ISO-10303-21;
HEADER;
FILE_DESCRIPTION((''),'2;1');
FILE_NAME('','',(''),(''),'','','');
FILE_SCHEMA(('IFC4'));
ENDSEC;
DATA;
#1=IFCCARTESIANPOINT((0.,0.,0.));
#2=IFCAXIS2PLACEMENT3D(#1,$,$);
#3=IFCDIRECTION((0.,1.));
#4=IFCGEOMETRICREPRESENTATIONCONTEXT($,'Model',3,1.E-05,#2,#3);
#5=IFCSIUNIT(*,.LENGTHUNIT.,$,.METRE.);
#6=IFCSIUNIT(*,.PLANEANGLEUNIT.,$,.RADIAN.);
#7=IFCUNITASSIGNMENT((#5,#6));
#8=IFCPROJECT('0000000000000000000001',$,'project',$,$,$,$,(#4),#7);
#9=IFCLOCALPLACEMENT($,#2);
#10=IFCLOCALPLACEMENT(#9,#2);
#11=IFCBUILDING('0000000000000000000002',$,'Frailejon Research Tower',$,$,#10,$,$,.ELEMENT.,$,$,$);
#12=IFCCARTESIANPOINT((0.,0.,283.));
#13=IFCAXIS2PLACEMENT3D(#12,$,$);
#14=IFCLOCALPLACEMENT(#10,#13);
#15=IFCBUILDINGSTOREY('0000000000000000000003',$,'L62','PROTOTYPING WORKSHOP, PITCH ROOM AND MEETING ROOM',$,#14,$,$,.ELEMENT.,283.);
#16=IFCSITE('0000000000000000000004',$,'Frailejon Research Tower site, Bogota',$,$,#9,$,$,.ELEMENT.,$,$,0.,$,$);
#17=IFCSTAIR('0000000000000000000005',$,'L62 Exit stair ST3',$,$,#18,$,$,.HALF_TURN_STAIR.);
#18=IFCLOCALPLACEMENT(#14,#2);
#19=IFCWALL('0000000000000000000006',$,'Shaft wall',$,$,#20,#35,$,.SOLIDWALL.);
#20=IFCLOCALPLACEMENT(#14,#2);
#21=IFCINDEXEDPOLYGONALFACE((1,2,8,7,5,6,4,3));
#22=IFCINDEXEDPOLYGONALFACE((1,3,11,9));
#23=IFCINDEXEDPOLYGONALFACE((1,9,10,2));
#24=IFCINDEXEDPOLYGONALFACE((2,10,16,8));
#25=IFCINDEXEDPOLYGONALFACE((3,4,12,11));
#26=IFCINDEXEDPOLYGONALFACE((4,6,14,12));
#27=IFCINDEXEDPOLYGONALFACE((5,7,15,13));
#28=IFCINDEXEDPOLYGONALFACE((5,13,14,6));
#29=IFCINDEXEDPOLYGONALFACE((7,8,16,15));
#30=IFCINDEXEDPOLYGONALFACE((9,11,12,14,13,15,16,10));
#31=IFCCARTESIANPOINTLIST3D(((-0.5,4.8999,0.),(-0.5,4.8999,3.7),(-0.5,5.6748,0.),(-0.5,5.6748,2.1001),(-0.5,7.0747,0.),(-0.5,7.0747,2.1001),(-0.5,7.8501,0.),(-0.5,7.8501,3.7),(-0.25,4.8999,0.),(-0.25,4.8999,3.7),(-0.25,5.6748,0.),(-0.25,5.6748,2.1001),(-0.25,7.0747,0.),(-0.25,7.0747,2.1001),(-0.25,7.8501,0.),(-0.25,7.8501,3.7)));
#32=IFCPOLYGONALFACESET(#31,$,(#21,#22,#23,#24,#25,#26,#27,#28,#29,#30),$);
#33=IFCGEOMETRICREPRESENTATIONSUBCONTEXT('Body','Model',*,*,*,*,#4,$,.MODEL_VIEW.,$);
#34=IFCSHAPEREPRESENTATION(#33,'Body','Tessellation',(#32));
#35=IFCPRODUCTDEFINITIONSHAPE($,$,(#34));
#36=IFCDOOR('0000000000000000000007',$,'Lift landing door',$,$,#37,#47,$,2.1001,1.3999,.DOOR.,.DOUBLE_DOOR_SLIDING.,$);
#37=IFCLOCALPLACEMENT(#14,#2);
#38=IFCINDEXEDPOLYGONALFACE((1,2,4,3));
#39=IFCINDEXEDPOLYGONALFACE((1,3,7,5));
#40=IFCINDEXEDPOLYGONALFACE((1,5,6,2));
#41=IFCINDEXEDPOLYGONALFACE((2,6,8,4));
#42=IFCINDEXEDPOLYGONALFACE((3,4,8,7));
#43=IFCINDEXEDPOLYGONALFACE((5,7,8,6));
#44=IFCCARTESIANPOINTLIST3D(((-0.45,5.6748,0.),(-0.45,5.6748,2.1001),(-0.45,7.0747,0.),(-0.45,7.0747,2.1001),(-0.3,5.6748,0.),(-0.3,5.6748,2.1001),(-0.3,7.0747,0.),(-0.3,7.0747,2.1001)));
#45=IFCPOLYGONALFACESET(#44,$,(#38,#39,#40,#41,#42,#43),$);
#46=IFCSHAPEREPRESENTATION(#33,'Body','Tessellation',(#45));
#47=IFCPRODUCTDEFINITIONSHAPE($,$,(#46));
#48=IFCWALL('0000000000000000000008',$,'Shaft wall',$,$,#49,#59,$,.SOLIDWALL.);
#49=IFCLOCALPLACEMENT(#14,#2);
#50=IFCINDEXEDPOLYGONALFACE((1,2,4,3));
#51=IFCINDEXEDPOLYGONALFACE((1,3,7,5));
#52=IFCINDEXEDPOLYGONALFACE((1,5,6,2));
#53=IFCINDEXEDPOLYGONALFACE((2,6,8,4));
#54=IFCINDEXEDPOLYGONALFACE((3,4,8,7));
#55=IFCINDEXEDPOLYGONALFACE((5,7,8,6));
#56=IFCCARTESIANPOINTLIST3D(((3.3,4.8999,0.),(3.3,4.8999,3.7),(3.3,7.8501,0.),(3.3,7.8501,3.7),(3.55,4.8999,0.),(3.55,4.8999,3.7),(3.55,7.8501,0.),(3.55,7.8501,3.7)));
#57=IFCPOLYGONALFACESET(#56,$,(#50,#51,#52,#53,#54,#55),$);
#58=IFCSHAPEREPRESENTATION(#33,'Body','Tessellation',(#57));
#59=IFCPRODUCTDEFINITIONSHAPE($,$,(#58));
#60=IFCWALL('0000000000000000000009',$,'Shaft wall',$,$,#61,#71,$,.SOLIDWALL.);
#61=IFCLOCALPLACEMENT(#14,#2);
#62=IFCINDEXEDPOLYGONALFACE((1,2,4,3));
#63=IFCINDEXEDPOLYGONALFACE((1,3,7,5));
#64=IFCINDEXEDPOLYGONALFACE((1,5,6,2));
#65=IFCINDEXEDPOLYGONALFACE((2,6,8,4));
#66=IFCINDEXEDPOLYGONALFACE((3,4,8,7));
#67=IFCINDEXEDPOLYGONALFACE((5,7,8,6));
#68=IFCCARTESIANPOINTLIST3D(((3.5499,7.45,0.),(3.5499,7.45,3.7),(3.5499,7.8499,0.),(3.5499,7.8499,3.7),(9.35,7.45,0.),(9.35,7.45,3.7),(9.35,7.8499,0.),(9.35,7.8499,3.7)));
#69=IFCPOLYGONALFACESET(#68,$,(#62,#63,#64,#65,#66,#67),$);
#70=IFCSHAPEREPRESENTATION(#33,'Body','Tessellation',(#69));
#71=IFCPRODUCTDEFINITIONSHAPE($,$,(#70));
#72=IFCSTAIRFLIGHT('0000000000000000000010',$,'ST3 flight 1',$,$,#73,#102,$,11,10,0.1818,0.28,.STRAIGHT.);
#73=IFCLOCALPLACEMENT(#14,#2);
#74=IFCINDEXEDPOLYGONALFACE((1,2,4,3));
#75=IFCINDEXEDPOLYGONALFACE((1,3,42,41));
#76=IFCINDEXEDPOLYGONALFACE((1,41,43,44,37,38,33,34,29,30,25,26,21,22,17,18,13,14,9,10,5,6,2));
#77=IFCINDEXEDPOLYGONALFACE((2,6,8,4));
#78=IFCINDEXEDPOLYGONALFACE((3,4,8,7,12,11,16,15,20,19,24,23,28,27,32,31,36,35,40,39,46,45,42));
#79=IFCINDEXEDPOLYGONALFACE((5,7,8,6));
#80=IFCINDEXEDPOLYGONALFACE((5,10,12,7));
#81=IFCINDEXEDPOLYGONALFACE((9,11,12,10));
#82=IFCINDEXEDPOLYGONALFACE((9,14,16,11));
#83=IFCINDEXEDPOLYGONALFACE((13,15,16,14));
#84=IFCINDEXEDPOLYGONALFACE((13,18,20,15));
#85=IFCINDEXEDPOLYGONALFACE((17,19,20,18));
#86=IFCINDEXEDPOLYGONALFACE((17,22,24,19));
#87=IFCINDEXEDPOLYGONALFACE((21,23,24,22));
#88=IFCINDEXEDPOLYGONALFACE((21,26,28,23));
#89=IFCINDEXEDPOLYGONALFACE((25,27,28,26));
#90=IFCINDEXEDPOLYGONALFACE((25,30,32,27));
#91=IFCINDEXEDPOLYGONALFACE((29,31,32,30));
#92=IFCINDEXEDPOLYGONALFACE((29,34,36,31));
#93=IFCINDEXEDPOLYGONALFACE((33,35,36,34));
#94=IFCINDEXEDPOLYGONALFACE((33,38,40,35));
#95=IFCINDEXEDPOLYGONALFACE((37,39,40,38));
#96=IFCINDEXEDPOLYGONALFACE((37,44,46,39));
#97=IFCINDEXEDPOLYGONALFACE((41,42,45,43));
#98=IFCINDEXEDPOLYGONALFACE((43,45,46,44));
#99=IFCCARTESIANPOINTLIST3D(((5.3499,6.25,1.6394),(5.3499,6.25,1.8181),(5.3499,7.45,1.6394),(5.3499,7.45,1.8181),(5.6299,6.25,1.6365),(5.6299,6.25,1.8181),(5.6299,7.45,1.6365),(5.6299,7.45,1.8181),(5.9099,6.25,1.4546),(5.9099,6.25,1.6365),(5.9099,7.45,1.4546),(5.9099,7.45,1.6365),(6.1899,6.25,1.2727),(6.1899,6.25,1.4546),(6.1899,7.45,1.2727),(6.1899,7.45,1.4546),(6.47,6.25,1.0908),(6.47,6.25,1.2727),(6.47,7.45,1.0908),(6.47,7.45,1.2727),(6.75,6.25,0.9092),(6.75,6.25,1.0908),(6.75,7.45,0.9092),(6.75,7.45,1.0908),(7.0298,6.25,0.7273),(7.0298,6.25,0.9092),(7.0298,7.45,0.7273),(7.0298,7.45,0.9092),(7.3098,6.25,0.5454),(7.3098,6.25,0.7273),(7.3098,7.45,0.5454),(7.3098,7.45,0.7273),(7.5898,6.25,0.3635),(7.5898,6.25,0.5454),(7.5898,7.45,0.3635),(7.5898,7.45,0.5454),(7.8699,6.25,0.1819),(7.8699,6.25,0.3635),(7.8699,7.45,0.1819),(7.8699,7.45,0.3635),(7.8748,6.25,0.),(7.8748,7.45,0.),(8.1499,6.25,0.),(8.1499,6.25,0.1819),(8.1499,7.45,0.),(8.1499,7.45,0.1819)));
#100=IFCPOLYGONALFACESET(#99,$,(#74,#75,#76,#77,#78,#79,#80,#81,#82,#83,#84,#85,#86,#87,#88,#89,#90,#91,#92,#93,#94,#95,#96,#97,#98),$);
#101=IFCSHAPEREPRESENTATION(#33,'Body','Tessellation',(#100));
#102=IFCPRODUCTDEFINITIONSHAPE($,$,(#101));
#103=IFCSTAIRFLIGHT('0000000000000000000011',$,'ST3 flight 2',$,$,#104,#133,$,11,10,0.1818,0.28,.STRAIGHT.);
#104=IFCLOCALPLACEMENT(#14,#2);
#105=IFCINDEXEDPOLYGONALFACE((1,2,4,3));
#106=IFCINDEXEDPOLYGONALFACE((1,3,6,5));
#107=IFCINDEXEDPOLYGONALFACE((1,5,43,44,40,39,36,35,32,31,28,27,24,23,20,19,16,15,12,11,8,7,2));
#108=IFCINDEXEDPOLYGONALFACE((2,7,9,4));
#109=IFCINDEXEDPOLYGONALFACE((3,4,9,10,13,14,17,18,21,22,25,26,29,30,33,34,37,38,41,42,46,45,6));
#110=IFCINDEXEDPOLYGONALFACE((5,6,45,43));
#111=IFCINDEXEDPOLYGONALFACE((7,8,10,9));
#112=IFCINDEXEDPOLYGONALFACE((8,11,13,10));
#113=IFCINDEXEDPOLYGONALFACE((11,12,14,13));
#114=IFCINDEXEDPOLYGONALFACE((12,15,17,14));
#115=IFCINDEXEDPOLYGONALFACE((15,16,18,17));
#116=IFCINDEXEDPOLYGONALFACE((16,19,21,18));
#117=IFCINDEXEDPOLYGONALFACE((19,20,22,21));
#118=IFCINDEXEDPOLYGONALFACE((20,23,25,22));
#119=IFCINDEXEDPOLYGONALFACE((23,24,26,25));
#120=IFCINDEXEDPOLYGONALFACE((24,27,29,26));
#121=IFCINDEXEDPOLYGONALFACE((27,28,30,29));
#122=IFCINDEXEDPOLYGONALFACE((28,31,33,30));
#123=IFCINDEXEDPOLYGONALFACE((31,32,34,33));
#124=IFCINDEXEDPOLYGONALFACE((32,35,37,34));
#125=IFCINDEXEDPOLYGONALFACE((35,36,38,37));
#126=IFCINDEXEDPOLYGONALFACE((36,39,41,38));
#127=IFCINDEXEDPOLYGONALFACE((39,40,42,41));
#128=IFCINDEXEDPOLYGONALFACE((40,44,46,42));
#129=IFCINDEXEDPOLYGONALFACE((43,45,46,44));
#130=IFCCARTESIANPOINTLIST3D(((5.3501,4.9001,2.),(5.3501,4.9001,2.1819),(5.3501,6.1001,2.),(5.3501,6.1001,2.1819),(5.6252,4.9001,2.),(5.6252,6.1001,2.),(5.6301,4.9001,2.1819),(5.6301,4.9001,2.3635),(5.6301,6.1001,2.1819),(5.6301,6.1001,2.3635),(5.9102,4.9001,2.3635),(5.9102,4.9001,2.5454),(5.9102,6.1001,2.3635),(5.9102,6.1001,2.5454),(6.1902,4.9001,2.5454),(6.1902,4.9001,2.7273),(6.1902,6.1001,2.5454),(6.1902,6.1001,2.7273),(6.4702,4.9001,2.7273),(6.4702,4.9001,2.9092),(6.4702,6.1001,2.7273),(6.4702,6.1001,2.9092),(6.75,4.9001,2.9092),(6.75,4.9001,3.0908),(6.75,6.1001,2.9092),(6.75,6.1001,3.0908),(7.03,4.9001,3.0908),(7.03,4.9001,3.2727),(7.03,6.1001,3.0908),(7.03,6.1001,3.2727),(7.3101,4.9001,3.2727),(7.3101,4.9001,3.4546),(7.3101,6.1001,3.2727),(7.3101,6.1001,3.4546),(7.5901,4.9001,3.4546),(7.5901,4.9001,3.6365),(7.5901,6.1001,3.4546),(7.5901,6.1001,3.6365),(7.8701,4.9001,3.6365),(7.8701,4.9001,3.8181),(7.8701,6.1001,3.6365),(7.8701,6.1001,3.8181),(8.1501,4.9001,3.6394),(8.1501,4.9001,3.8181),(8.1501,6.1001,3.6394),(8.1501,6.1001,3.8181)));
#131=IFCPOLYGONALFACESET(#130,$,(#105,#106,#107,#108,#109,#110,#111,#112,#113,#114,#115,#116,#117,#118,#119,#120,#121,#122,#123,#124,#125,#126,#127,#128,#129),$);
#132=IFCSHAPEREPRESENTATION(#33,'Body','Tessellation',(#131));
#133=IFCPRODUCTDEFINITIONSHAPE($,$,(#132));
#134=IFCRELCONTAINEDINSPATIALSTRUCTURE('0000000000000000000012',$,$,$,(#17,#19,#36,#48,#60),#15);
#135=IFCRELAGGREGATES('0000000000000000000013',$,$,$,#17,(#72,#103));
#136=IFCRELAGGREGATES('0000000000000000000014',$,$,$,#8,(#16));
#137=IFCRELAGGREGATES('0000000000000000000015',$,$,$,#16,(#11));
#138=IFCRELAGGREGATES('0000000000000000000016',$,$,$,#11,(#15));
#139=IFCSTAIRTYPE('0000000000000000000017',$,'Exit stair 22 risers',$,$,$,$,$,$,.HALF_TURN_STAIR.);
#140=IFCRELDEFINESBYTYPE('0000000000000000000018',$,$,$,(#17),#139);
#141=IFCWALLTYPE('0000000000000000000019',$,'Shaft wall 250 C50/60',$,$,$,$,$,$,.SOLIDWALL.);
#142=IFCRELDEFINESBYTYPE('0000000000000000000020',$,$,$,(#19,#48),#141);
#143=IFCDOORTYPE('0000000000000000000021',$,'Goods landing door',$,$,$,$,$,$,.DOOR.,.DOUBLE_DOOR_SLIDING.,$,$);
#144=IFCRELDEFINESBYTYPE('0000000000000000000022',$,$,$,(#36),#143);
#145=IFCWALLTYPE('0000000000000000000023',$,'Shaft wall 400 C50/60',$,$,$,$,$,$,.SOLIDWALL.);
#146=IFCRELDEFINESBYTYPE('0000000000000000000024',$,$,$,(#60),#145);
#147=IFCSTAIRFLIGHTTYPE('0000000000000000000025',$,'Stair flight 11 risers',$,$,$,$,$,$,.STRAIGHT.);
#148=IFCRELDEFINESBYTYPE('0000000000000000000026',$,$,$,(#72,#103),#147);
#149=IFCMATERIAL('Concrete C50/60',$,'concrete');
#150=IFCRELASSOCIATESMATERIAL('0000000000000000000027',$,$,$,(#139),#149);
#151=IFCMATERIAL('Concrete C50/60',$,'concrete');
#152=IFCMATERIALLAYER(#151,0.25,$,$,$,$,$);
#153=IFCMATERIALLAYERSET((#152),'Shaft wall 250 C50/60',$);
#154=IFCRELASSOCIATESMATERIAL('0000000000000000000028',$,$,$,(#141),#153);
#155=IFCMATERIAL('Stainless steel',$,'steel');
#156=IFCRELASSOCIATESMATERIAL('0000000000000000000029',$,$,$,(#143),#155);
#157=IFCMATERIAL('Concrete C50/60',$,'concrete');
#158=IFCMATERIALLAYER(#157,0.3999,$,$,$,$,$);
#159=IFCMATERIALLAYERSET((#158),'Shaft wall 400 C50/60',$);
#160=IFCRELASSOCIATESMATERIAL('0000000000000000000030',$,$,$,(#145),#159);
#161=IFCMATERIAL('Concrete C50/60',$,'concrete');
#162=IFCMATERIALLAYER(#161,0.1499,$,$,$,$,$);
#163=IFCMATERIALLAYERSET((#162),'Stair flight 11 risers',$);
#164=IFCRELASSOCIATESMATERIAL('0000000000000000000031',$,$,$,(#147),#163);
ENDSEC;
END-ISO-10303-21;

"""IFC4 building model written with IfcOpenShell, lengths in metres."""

from ifc_helpers import new_model, si_unit, direction, frame, frame_2d, origin, place, context, subcontext, project, spatial, polyline, rectangle, outline, extrude, material, layer, layer_set, type_object, element, fill, aggregate, save


model = new_model("IFC4")

# Units and contexts
model_context = context("Model", 3, precision=1e-05, world=origin(), true_north=direction((0.0, 1.0)))
body_context = subcontext(model_context, "Body", "Model", "MODEL_VIEW")
ifc_project = project(units=[si_unit("LENGTHUNIT", "METRE"), si_unit("PLANEANGLEUNIT", "RADIAN")], contexts=[model_context])

# Site, building, storey
site_placement = place(None, origin())
site = spatial("IfcSite", under=ifc_project, at=site_placement, Name="Frailejon Research Tower site, Bogota", CompositionType="ELEMENT", RefElevation=0.0)
building_placement = place(site_placement, origin())
building = spatial("IfcBuilding", under=site, at=building_placement, Name="Frailejon Research Tower", CompositionType="ELEMENT")
storey_placement = place(building_placement, frame((0.0, 0.0, 283.0)))
storey = spatial("IfcBuildingStorey", under=building, at=storey_placement, Name="L62", Description="PROTOTYPING WORKSHOP, PITCH ROOM AND MEETING ROOM", CompositionType="ELEMENT", Elevation=283.0)

# Stair
ifc_material_1 = material(Name="Concrete C50/60", Category="concrete")
stair_type = type_object("IfcStairType", Name="Exit stair 22 risers", PredefinedType="HALF_TURN_STAIR", material=ifc_material_1)
stair_placement = place(storey_placement, origin())
stair = element("IfcStair", 1, at=stair_placement, inside=storey, type_object=stair_type, Name="L62 Exit stair ST3", PredefinedType="HALF_TURN_STAIR")

# Wall, opening, door
ifc_material_2 = material(Name="Concrete C50/60", Category="concrete")
ifc_layer_1 = layer(ifc_material_2, 0.25)
ifc_layer_set_1 = layer_set([ifc_layer_1], Name="Shaft wall 250 C50/60")
wall_type_1 = type_object("IfcWallType", Name="Shaft wall 250 C50/60", PredefinedType="SOLIDWALL", material=ifc_layer_set_1)
wall_1_placement = place(storey_placement, frame((-0.375, 4.8999, 0.0), z_axis=(0.0, 0.0, 1.0), x_axis=(0.0, 1.0, 0.0)))
wall_1 = element("IfcWall", 2, at=wall_1_placement, inside=storey, type_object=wall_type_1, Name="Shaft wall", PredefinedType="SOLIDWALL", context=body_context, shape_type="SweptSolid", body=[
    extrude(rectangle(XDim=2.9502, YDim=0.25, at=frame_2d((1.4751, 0.0))), origin(), (0.0, 0.0, 1.0), 3.7),
])
opening_1_placement = place(wall_1_placement, frame((0.7749, 0.0, 0.0)))
opening_1 = element("IfcOpeningElement", 3, at=opening_1_placement, cuts=wall_1, PredefinedType="OPENING", context=body_context, shape_type="SweptSolid", body=[
    extrude(rectangle(XDim=1.3999, YDim=2.1001, at=frame_2d((0.7, 1.05))), frame((0.0, 0.135, 0.0), z_axis=(0.0, -1.0, 0.0), x_axis=(1.0, 0.0, 0.0)), (0.0, 0.0, 1.0), 0.27),
])
ifc_material_3 = material(Name="Stainless steel", Category="steel")
door_type_1 = type_object("IfcDoorType", Name="Goods landing door", OperationType="DOUBLE_DOOR_SLIDING", PredefinedType="DOOR", material=ifc_material_3)
door_1_placement = place(opening_1_placement, origin())
door_1 = element("IfcDoor", 4, at=door_1_placement, inside=storey, type_object=door_type_1, Name="Lift landing door", OperationType="DOUBLE_DOOR_SLIDING", OverallHeight=2.1001, OverallWidth=1.3999, PredefinedType="DOOR", context=body_context, shape_type="SweptSolid", body=[
    extrude(rectangle(XDim=1.3999, YDim=2.1001, at=frame_2d((0.7, 1.05))), frame((0.0, 0.075, 0.0), z_axis=(0.0, -1.0, 0.0), x_axis=(1.0, 0.0, 0.0)), (0.0, 0.0, 1.0), 0.1499),
])
fill(opening_1, door_1)

# Walls
wall_2_placement = place(storey_placement, frame((3.425, 4.8999, 0.0), z_axis=(0.0, 0.0, 1.0), x_axis=(0.0, 1.0, 0.0)))
element("IfcWall", 5, at=wall_2_placement, inside=storey, type_object=wall_type_1, Name="Shaft wall", PredefinedType="SOLIDWALL", context=body_context, shape_type="SweptSolid", body=[
    extrude(rectangle(XDim=2.9502, YDim=0.25, at=frame_2d((1.4751, 0.0))), origin(), (0.0, 0.0, 1.0), 3.7),
])
ifc_material_4 = material(Name="Concrete C50/60", Category="concrete")
ifc_layer_2 = layer(ifc_material_4, 0.3999)
ifc_layer_set_2 = layer_set([ifc_layer_2], Name="Shaft wall 400 C50/60")
wall_type_2 = type_object("IfcWallType", Name="Shaft wall 400 C50/60", PredefinedType="SOLIDWALL", material=ifc_layer_set_2)
wall_3_placement = place(storey_placement, frame((3.55, 7.6499, 0.0), z_axis=(0.0, 0.0, 1.0), x_axis=(1.0, 0.0, 0.0)))
element("IfcWall", 6, at=wall_3_placement, inside=storey, type_object=wall_type_2, Name="Shaft wall", PredefinedType="SOLIDWALL", context=body_context, shape_type="SweptSolid", body=[
    extrude(rectangle(XDim=5.8, YDim=0.3999, at=frame_2d((2.8999, 0.0))), origin(), (0.0, 0.0, 1.0), 3.7),
])

# Stair flights
ifc_material_5 = material(Name="Concrete C50/60", Category="concrete")
ifc_layer_3 = layer(ifc_material_5, 0.1499)
ifc_layer_set_3 = layer_set([ifc_layer_3], Name="Stair flight 11 risers")
stair_flight_type = type_object("IfcStairFlightType", Name="Stair flight 11 risers", PredefinedType="STRAIGHT", material=ifc_layer_set_3)
stair_flight_1_placement = place(storey_placement, frame((8.1499, 6.8501, 0.0), z_axis=(0.0, 0.0, 1.0), x_axis=(-1.0, 0.0, 0.0)))
stair_flight_1 = element("IfcStairFlight", 7, at=stair_flight_1_placement, type_object=stair_flight_type, Name="ST3 flight 1", NumberOfRisers=11, NumberOfTreads=10, PredefinedType="STRAIGHT", RiserHeight=0.1818, TreadLength=0.28, context=body_context, shape_type="SweptSolid", body=[
    extrude(outline(polyline([(0.0, 0.0), (0.0, 0.1819), (0.28, 0.1819), (0.28, 0.3635), (0.5601, 0.3635), (0.5601, 0.5454), (0.8401, 0.5454), (0.8401, 0.7273), (1.1201, 0.7273), (1.1201, 0.9092), (1.3999, 0.9092), (1.3999, 1.0908), (1.6799, 1.0908), (1.6799, 1.2727), (1.96, 1.2727), (1.96, 1.4546), (2.24, 1.4546), (2.24, 1.6365), (2.52, 1.6365), (2.52, 1.8181), (2.8, 1.8181), (2.8, 2.0), (2.8, 1.6394), (0.2751, 0.0), (0.0, 0.0)])), frame((0.0, 0.6001, 0.0), z_axis=(0.0, -1.0, 0.0), x_axis=(1.0, 0.0, 0.0)), (0.0, 0.0, 1.0), 1.2),
])
stair_flight_2_placement = place(storey_placement, frame((5.3501, 5.5, 2.0), z_axis=(0.0, 0.0, 1.0), x_axis=(1.0, 0.0, 0.0)))
stair_flight_2 = element("IfcStairFlight", 8, at=stair_flight_2_placement, type_object=stair_flight_type, Name="ST3 flight 2", NumberOfRisers=11, NumberOfTreads=10, PredefinedType="STRAIGHT", RiserHeight=0.1818, TreadLength=0.28, context=body_context, shape_type="SweptSolid", body=[
    extrude(outline(polyline([(0.0, 0.0), (0.0, 0.1819), (0.28, 0.1819), (0.28, 0.3635), (0.5601, 0.3635), (0.5601, 0.5454), (0.8401, 0.5454), (0.8401, 0.7273), (1.1201, 0.7273), (1.1201, 0.9092), (1.3999, 0.9092), (1.3999, 1.0908), (1.6799, 1.0908), (1.6799, 1.2727), (1.96, 1.2727), (1.96, 1.4546), (2.24, 1.4546), (2.24, 1.6365), (2.52, 1.6365), (2.52, 1.8181), (2.8, 1.8181), (2.8, 2.0), (2.8, 1.6394), (0.2751, 0.0), (0.0, 0.0)])), frame((0.0, 0.6001, 0.0), z_axis=(0.0, -1.0, 0.0), x_axis=(1.0, 0.0, 0.0)), (0.0, 0.0, 1.0), 1.2),
])
aggregate(stair, [stair_flight_1, stair_flight_2])

save(model, "model.ifc")
